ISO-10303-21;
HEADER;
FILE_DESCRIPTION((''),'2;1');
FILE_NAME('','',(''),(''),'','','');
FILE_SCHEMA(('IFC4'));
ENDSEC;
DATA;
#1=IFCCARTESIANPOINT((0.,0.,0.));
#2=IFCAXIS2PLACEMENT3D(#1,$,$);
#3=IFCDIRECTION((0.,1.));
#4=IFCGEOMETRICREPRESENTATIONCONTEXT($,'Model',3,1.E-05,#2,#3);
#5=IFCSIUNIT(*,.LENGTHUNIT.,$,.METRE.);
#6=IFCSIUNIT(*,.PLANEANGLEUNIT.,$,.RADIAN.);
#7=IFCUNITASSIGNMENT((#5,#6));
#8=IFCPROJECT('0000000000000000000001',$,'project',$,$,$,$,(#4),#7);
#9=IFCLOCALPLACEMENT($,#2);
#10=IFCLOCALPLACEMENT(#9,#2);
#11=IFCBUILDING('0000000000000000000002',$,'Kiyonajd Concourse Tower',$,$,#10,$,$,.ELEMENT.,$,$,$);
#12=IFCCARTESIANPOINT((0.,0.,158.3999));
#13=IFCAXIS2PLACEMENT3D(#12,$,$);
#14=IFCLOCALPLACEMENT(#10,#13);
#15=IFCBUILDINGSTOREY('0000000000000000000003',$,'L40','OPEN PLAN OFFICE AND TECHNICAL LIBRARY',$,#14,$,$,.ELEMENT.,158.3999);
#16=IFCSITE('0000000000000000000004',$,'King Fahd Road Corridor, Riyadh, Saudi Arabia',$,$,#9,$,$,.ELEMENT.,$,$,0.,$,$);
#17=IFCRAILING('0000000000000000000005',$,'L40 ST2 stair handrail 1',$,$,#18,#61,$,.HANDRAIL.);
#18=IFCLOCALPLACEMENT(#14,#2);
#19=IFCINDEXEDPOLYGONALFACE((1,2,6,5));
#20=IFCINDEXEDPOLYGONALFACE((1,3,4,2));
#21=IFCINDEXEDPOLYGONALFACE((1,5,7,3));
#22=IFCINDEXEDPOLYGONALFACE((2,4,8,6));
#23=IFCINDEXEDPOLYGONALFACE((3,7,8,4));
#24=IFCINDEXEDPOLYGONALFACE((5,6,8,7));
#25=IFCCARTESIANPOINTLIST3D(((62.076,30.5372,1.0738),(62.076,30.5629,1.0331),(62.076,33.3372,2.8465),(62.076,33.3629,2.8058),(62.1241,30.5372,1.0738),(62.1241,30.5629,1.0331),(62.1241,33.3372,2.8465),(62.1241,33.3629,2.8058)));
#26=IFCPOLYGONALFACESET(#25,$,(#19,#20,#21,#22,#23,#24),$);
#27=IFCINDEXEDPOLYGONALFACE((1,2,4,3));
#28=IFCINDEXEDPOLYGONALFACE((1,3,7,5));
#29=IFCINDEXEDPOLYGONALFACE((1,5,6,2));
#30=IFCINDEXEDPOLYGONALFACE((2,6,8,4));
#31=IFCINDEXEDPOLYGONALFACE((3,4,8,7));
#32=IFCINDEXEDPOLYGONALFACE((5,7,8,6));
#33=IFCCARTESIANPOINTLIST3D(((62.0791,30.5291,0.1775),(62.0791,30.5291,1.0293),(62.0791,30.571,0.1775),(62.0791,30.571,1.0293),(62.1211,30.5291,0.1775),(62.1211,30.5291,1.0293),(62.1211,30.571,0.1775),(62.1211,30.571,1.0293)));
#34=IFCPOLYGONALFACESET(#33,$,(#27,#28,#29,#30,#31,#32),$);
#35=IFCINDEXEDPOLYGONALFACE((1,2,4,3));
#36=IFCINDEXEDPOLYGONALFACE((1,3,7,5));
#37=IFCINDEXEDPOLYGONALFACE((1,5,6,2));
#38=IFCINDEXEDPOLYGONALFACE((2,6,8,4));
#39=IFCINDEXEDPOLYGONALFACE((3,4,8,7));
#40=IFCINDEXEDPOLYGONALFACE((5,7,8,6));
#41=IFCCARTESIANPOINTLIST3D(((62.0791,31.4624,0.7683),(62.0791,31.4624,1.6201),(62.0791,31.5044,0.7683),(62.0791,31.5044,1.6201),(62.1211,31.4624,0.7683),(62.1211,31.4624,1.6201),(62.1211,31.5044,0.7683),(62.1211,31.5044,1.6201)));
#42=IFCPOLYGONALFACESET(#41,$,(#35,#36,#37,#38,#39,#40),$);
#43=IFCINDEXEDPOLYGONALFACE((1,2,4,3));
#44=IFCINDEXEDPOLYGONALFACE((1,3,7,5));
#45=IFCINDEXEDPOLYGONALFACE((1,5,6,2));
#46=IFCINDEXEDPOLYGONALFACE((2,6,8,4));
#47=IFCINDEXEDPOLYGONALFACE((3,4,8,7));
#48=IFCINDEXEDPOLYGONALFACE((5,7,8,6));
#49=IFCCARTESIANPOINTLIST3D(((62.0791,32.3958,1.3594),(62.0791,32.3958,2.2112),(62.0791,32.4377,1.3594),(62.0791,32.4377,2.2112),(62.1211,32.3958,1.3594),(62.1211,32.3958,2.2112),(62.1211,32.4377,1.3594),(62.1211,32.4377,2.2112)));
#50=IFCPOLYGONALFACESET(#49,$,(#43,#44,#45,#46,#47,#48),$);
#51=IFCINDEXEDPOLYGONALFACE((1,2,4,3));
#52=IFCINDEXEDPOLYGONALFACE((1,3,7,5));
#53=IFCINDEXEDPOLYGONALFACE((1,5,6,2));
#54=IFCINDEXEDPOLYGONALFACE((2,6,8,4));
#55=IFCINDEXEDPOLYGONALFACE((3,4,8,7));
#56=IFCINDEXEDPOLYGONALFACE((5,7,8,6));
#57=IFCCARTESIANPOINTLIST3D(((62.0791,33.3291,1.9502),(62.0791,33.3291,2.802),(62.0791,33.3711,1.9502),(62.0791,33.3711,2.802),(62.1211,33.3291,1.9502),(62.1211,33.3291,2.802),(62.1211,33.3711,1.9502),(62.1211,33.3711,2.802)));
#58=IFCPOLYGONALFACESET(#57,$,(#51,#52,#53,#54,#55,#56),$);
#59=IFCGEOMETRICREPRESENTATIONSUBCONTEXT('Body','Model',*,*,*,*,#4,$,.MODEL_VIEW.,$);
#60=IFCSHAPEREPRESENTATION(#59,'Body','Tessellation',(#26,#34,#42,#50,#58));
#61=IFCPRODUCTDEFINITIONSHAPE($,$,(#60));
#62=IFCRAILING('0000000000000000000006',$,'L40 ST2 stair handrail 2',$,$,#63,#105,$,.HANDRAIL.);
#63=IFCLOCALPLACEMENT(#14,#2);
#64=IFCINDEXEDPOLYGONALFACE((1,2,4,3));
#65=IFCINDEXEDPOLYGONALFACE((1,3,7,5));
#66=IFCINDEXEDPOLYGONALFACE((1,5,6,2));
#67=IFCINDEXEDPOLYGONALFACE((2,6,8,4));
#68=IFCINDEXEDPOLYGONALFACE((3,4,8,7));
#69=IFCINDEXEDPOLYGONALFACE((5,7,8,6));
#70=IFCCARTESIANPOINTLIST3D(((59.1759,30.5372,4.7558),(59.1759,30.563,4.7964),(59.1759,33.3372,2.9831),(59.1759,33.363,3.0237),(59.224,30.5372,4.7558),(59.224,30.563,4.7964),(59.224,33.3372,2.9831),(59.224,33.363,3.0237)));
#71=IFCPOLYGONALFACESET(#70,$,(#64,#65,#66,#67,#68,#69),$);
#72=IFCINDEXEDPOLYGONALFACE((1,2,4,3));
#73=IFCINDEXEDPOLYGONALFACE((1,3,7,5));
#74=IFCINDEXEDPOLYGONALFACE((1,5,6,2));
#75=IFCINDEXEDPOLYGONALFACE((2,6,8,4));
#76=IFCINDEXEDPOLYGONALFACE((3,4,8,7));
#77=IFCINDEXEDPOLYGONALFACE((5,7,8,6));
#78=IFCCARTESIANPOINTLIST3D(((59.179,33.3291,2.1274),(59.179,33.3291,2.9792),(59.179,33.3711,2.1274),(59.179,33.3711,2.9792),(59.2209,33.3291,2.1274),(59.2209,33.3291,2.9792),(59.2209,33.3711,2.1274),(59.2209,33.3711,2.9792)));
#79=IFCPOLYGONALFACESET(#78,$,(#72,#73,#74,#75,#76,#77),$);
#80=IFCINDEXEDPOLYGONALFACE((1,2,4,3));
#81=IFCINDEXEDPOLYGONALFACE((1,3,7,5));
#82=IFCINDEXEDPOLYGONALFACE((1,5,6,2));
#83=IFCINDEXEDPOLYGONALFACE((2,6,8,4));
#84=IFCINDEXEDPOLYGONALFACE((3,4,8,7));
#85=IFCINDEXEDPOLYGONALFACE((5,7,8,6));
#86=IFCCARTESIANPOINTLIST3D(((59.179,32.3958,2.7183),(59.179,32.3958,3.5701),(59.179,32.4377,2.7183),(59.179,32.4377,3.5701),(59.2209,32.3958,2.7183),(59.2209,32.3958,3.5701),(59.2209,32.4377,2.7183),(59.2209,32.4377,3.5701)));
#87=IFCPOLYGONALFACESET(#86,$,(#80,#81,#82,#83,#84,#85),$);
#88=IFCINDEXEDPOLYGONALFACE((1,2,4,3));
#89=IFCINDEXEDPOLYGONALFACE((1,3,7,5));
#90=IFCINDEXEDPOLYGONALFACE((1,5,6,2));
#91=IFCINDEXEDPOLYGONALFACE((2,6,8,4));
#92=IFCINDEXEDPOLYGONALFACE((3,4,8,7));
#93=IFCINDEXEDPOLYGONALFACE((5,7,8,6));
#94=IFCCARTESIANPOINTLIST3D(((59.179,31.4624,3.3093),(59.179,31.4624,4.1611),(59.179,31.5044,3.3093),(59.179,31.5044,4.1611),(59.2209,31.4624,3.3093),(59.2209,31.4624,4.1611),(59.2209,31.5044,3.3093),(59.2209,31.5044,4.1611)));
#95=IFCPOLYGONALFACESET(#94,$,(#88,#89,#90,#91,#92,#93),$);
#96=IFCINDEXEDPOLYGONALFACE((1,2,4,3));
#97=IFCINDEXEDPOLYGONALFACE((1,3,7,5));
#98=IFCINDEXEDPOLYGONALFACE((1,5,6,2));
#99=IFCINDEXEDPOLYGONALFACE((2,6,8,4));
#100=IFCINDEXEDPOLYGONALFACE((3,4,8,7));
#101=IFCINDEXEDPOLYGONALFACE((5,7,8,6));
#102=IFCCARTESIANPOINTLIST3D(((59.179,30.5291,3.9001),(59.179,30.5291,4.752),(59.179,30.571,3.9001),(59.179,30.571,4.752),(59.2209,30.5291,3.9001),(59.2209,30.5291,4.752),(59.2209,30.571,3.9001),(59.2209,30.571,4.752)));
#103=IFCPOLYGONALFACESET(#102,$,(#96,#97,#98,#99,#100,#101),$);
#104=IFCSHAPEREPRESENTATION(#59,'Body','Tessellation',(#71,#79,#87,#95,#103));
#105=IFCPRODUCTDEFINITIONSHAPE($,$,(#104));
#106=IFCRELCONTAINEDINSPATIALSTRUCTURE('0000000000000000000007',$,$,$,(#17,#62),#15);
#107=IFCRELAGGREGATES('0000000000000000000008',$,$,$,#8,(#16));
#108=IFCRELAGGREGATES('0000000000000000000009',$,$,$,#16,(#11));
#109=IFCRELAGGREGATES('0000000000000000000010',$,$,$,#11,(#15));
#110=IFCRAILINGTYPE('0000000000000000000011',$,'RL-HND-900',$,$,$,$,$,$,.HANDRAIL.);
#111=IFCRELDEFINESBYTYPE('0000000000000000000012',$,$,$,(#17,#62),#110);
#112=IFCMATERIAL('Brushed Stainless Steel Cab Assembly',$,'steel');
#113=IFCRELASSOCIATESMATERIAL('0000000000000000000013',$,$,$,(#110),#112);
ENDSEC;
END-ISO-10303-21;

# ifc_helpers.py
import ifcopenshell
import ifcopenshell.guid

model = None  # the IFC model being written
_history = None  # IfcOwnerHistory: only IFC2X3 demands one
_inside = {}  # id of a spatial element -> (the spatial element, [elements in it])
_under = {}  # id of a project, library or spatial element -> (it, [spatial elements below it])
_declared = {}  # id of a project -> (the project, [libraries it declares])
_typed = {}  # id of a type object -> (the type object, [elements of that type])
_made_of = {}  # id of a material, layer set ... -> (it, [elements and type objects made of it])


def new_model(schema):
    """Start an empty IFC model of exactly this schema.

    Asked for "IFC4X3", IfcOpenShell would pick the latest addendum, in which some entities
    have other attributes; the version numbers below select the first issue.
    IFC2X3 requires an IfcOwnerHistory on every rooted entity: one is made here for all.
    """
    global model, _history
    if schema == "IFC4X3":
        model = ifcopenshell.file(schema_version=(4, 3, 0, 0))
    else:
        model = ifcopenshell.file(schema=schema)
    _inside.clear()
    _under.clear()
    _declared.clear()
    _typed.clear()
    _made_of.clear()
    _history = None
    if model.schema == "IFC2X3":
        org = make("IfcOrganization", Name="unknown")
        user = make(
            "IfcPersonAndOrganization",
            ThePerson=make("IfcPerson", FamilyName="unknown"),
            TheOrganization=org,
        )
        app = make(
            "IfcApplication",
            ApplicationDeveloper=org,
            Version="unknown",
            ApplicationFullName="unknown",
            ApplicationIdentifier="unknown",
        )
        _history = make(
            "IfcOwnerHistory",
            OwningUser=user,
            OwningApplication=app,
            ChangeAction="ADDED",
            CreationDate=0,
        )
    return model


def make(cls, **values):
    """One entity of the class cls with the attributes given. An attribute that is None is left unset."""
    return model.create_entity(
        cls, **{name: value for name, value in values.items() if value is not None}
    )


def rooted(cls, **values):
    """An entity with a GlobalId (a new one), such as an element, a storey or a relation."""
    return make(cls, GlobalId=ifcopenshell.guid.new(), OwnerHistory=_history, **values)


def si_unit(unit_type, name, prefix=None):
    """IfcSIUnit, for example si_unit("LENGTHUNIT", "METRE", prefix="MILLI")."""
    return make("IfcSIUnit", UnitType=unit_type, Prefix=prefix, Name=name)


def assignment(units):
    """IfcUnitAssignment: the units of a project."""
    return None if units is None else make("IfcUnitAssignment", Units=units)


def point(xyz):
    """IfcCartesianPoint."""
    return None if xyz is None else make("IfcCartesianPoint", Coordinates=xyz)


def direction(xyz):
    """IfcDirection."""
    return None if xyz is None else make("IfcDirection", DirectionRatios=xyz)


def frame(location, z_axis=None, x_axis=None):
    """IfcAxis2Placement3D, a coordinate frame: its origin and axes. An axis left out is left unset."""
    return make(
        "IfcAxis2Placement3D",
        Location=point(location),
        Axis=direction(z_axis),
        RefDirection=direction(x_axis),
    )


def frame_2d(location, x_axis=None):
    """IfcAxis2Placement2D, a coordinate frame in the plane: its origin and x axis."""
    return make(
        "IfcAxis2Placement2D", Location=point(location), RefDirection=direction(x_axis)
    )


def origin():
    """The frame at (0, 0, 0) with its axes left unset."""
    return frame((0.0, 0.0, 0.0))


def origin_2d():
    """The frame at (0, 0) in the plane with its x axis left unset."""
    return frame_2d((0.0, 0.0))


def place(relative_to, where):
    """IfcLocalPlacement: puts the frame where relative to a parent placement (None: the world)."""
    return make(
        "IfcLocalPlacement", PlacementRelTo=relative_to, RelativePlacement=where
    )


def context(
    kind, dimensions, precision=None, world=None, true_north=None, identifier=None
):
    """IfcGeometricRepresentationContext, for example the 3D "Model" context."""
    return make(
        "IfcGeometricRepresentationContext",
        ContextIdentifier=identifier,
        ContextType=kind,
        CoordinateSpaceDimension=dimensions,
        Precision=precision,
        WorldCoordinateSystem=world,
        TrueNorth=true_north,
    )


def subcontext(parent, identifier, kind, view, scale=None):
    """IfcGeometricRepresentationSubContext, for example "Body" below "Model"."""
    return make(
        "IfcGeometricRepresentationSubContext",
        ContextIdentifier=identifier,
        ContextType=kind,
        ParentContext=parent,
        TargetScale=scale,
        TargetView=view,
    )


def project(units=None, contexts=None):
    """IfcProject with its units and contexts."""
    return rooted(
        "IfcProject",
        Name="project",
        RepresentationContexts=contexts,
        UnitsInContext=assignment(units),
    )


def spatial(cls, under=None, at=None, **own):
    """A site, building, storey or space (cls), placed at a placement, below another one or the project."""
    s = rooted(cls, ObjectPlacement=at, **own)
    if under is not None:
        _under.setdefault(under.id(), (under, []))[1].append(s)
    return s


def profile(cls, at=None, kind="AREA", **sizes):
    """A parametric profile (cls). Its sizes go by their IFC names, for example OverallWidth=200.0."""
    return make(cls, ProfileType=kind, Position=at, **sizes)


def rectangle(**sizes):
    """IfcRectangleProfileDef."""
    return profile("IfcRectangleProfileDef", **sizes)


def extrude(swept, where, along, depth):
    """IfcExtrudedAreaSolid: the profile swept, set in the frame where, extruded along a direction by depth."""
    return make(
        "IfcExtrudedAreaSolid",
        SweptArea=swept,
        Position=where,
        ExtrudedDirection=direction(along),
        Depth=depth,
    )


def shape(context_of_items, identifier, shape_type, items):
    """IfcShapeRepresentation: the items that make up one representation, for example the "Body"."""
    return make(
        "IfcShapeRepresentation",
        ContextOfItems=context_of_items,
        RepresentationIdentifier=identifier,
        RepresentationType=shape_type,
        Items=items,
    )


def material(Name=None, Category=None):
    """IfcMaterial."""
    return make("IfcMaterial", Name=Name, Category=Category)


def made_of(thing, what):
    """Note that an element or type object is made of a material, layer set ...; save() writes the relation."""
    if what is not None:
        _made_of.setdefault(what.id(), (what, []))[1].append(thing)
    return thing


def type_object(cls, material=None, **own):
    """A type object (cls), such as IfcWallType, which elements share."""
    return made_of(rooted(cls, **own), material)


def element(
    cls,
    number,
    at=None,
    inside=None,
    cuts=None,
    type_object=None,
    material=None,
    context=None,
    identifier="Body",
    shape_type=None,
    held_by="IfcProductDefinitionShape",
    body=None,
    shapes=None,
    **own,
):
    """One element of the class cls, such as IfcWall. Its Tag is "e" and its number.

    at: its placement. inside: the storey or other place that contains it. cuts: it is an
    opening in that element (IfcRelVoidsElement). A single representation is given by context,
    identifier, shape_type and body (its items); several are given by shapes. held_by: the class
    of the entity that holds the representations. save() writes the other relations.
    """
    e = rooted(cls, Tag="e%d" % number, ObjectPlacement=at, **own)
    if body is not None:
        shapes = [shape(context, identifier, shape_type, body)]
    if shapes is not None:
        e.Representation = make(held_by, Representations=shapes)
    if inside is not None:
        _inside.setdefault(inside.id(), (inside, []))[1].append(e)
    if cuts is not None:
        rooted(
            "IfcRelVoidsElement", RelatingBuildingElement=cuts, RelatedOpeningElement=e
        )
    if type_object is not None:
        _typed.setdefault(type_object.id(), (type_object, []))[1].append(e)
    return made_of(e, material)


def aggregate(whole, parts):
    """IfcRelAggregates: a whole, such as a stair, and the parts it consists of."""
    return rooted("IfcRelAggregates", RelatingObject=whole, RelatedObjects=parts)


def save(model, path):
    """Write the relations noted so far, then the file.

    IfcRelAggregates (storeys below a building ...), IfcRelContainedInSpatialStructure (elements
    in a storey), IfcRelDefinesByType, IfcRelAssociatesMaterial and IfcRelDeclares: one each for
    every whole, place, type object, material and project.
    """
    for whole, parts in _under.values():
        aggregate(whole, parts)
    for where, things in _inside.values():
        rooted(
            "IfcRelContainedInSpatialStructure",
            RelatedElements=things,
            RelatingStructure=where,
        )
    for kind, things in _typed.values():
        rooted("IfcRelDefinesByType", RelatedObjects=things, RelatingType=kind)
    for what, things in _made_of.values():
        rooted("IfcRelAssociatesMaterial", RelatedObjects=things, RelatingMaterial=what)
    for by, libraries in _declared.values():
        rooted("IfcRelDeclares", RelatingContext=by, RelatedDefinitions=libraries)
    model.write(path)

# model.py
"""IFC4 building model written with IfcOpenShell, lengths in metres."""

from ifc_helpers import new_model, si_unit, direction, frame, origin, origin_2d, place, context, subcontext, project, spatial, rectangle, extrude, material, type_object, element, save


model = new_model("IFC4")

# Units and contexts
model_context = context("Model", 3, precision=1e-05, world=origin(), true_north=direction((0.0, 1.0)))
body_context = subcontext(model_context, "Body", "Model", "MODEL_VIEW")
ifc_project = project(units=[si_unit("LENGTHUNIT", "METRE"), si_unit("PLANEANGLEUNIT", "RADIAN")], contexts=[model_context])

# Site, building, storey
site_placement = place(None, origin())
site = spatial("IfcSite", under=ifc_project, at=site_placement, Name="King Fahd Road Corridor, Riyadh, Saudi Arabia", CompositionType="ELEMENT", RefElevation=0.0)
building_placement = place(site_placement, origin())
building = spatial("IfcBuilding", under=site, at=building_placement, Name="Kiyonajd Concourse Tower", CompositionType="ELEMENT")
storey_placement = place(building_placement, frame((0.0, 0.0, 158.3999)))
storey = spatial("IfcBuildingStorey", under=building, at=storey_placement, Name="L40", Description="OPEN PLAN OFFICE AND TECHNICAL LIBRARY", CompositionType="ELEMENT", Elevation=158.3999)

# Railings
ifc_material_1 = material(Name="Brushed Stainless Steel Cab Assembly", Category="steel")
railing_type_1 = type_object("IfcRailingType", Name="RL-HND-900", PredefinedType="HANDRAIL", material=ifc_material_1)
railing_1_placement = place(storey_placement, frame((62.1001, 30.55, 0.1775)))
element("IfcRailing", 1, at=railing_1_placement, inside=storey, type_object=railing_type_1, Name="L40 ST2 stair handrail 1", PredefinedType="HANDRAIL", context=body_context, shape_type="SweptSolid", body=[
    extrude(rectangle(XDim=0.0481, YDim=0.0481, at=origin_2d()), frame((0.0, 0.0, 0.876), z_axis=(0.0, 0.844909, 0.53491), x_axis=(-1.0, 0.0, 0.0)), (0.0, 0.0, 1.0), 3.314),
    extrude(rectangle(XDim=0.042, YDim=0.042, at=origin_2d()), origin(), (0.0, 0.0, 1.0), 0.8518),
    extrude(rectangle(XDim=0.042, YDim=0.042, at=origin_2d()), frame((0.0, 0.9333, 0.5908)), (0.0, 0.0, 1.0), 0.8518),
    extrude(rectangle(XDim=0.042, YDim=0.042, at=origin_2d()), frame((0.0, 1.8667, 1.1819)), (0.0, 0.0, 1.0), 0.8518),
    extrude(rectangle(XDim=0.042, YDim=0.042, at=origin_2d()), frame((0.0, 2.8, 1.7727)), (0.0, 0.0, 1.0), 0.8518),
])
railing_2_placement = place(storey_placement, frame((59.2, 33.3501, 2.1274)))
element("IfcRailing", 2, at=railing_2_placement, inside=storey, type_object=railing_type_1, Name="L40 ST2 stair handrail 2", PredefinedType="HANDRAIL", context=body_context, shape_type="SweptSolid", body=[
    extrude(rectangle(XDim=0.0481, YDim=0.0481, at=origin_2d()), frame((0.0, 0.0, 0.876), z_axis=(0.0, -0.844909, 0.53491), x_axis=(1.0, 0.0, 0.0)), (0.0, 0.0, 1.0), 3.314),
    extrude(rectangle(XDim=0.042, YDim=0.042, at=origin_2d()), origin(), (0.0, 0.0, 1.0), 0.8518),
    extrude(rectangle(XDim=0.042, YDim=0.042, at=origin_2d()), frame((0.0, -0.9333, 0.5908)), (0.0, 0.0, 1.0), 0.8518),
    extrude(rectangle(XDim=0.042, YDim=0.042, at=origin_2d()), frame((0.0, -1.8667, 1.1819)), (0.0, 0.0, 1.0), 0.8518),
    extrude(rectangle(XDim=0.042, YDim=0.042, at=origin_2d()), frame((0.0, -2.8, 1.7727)), (0.0, 0.0, 1.0), 0.8518),
])

save(model, "model.ifc")
